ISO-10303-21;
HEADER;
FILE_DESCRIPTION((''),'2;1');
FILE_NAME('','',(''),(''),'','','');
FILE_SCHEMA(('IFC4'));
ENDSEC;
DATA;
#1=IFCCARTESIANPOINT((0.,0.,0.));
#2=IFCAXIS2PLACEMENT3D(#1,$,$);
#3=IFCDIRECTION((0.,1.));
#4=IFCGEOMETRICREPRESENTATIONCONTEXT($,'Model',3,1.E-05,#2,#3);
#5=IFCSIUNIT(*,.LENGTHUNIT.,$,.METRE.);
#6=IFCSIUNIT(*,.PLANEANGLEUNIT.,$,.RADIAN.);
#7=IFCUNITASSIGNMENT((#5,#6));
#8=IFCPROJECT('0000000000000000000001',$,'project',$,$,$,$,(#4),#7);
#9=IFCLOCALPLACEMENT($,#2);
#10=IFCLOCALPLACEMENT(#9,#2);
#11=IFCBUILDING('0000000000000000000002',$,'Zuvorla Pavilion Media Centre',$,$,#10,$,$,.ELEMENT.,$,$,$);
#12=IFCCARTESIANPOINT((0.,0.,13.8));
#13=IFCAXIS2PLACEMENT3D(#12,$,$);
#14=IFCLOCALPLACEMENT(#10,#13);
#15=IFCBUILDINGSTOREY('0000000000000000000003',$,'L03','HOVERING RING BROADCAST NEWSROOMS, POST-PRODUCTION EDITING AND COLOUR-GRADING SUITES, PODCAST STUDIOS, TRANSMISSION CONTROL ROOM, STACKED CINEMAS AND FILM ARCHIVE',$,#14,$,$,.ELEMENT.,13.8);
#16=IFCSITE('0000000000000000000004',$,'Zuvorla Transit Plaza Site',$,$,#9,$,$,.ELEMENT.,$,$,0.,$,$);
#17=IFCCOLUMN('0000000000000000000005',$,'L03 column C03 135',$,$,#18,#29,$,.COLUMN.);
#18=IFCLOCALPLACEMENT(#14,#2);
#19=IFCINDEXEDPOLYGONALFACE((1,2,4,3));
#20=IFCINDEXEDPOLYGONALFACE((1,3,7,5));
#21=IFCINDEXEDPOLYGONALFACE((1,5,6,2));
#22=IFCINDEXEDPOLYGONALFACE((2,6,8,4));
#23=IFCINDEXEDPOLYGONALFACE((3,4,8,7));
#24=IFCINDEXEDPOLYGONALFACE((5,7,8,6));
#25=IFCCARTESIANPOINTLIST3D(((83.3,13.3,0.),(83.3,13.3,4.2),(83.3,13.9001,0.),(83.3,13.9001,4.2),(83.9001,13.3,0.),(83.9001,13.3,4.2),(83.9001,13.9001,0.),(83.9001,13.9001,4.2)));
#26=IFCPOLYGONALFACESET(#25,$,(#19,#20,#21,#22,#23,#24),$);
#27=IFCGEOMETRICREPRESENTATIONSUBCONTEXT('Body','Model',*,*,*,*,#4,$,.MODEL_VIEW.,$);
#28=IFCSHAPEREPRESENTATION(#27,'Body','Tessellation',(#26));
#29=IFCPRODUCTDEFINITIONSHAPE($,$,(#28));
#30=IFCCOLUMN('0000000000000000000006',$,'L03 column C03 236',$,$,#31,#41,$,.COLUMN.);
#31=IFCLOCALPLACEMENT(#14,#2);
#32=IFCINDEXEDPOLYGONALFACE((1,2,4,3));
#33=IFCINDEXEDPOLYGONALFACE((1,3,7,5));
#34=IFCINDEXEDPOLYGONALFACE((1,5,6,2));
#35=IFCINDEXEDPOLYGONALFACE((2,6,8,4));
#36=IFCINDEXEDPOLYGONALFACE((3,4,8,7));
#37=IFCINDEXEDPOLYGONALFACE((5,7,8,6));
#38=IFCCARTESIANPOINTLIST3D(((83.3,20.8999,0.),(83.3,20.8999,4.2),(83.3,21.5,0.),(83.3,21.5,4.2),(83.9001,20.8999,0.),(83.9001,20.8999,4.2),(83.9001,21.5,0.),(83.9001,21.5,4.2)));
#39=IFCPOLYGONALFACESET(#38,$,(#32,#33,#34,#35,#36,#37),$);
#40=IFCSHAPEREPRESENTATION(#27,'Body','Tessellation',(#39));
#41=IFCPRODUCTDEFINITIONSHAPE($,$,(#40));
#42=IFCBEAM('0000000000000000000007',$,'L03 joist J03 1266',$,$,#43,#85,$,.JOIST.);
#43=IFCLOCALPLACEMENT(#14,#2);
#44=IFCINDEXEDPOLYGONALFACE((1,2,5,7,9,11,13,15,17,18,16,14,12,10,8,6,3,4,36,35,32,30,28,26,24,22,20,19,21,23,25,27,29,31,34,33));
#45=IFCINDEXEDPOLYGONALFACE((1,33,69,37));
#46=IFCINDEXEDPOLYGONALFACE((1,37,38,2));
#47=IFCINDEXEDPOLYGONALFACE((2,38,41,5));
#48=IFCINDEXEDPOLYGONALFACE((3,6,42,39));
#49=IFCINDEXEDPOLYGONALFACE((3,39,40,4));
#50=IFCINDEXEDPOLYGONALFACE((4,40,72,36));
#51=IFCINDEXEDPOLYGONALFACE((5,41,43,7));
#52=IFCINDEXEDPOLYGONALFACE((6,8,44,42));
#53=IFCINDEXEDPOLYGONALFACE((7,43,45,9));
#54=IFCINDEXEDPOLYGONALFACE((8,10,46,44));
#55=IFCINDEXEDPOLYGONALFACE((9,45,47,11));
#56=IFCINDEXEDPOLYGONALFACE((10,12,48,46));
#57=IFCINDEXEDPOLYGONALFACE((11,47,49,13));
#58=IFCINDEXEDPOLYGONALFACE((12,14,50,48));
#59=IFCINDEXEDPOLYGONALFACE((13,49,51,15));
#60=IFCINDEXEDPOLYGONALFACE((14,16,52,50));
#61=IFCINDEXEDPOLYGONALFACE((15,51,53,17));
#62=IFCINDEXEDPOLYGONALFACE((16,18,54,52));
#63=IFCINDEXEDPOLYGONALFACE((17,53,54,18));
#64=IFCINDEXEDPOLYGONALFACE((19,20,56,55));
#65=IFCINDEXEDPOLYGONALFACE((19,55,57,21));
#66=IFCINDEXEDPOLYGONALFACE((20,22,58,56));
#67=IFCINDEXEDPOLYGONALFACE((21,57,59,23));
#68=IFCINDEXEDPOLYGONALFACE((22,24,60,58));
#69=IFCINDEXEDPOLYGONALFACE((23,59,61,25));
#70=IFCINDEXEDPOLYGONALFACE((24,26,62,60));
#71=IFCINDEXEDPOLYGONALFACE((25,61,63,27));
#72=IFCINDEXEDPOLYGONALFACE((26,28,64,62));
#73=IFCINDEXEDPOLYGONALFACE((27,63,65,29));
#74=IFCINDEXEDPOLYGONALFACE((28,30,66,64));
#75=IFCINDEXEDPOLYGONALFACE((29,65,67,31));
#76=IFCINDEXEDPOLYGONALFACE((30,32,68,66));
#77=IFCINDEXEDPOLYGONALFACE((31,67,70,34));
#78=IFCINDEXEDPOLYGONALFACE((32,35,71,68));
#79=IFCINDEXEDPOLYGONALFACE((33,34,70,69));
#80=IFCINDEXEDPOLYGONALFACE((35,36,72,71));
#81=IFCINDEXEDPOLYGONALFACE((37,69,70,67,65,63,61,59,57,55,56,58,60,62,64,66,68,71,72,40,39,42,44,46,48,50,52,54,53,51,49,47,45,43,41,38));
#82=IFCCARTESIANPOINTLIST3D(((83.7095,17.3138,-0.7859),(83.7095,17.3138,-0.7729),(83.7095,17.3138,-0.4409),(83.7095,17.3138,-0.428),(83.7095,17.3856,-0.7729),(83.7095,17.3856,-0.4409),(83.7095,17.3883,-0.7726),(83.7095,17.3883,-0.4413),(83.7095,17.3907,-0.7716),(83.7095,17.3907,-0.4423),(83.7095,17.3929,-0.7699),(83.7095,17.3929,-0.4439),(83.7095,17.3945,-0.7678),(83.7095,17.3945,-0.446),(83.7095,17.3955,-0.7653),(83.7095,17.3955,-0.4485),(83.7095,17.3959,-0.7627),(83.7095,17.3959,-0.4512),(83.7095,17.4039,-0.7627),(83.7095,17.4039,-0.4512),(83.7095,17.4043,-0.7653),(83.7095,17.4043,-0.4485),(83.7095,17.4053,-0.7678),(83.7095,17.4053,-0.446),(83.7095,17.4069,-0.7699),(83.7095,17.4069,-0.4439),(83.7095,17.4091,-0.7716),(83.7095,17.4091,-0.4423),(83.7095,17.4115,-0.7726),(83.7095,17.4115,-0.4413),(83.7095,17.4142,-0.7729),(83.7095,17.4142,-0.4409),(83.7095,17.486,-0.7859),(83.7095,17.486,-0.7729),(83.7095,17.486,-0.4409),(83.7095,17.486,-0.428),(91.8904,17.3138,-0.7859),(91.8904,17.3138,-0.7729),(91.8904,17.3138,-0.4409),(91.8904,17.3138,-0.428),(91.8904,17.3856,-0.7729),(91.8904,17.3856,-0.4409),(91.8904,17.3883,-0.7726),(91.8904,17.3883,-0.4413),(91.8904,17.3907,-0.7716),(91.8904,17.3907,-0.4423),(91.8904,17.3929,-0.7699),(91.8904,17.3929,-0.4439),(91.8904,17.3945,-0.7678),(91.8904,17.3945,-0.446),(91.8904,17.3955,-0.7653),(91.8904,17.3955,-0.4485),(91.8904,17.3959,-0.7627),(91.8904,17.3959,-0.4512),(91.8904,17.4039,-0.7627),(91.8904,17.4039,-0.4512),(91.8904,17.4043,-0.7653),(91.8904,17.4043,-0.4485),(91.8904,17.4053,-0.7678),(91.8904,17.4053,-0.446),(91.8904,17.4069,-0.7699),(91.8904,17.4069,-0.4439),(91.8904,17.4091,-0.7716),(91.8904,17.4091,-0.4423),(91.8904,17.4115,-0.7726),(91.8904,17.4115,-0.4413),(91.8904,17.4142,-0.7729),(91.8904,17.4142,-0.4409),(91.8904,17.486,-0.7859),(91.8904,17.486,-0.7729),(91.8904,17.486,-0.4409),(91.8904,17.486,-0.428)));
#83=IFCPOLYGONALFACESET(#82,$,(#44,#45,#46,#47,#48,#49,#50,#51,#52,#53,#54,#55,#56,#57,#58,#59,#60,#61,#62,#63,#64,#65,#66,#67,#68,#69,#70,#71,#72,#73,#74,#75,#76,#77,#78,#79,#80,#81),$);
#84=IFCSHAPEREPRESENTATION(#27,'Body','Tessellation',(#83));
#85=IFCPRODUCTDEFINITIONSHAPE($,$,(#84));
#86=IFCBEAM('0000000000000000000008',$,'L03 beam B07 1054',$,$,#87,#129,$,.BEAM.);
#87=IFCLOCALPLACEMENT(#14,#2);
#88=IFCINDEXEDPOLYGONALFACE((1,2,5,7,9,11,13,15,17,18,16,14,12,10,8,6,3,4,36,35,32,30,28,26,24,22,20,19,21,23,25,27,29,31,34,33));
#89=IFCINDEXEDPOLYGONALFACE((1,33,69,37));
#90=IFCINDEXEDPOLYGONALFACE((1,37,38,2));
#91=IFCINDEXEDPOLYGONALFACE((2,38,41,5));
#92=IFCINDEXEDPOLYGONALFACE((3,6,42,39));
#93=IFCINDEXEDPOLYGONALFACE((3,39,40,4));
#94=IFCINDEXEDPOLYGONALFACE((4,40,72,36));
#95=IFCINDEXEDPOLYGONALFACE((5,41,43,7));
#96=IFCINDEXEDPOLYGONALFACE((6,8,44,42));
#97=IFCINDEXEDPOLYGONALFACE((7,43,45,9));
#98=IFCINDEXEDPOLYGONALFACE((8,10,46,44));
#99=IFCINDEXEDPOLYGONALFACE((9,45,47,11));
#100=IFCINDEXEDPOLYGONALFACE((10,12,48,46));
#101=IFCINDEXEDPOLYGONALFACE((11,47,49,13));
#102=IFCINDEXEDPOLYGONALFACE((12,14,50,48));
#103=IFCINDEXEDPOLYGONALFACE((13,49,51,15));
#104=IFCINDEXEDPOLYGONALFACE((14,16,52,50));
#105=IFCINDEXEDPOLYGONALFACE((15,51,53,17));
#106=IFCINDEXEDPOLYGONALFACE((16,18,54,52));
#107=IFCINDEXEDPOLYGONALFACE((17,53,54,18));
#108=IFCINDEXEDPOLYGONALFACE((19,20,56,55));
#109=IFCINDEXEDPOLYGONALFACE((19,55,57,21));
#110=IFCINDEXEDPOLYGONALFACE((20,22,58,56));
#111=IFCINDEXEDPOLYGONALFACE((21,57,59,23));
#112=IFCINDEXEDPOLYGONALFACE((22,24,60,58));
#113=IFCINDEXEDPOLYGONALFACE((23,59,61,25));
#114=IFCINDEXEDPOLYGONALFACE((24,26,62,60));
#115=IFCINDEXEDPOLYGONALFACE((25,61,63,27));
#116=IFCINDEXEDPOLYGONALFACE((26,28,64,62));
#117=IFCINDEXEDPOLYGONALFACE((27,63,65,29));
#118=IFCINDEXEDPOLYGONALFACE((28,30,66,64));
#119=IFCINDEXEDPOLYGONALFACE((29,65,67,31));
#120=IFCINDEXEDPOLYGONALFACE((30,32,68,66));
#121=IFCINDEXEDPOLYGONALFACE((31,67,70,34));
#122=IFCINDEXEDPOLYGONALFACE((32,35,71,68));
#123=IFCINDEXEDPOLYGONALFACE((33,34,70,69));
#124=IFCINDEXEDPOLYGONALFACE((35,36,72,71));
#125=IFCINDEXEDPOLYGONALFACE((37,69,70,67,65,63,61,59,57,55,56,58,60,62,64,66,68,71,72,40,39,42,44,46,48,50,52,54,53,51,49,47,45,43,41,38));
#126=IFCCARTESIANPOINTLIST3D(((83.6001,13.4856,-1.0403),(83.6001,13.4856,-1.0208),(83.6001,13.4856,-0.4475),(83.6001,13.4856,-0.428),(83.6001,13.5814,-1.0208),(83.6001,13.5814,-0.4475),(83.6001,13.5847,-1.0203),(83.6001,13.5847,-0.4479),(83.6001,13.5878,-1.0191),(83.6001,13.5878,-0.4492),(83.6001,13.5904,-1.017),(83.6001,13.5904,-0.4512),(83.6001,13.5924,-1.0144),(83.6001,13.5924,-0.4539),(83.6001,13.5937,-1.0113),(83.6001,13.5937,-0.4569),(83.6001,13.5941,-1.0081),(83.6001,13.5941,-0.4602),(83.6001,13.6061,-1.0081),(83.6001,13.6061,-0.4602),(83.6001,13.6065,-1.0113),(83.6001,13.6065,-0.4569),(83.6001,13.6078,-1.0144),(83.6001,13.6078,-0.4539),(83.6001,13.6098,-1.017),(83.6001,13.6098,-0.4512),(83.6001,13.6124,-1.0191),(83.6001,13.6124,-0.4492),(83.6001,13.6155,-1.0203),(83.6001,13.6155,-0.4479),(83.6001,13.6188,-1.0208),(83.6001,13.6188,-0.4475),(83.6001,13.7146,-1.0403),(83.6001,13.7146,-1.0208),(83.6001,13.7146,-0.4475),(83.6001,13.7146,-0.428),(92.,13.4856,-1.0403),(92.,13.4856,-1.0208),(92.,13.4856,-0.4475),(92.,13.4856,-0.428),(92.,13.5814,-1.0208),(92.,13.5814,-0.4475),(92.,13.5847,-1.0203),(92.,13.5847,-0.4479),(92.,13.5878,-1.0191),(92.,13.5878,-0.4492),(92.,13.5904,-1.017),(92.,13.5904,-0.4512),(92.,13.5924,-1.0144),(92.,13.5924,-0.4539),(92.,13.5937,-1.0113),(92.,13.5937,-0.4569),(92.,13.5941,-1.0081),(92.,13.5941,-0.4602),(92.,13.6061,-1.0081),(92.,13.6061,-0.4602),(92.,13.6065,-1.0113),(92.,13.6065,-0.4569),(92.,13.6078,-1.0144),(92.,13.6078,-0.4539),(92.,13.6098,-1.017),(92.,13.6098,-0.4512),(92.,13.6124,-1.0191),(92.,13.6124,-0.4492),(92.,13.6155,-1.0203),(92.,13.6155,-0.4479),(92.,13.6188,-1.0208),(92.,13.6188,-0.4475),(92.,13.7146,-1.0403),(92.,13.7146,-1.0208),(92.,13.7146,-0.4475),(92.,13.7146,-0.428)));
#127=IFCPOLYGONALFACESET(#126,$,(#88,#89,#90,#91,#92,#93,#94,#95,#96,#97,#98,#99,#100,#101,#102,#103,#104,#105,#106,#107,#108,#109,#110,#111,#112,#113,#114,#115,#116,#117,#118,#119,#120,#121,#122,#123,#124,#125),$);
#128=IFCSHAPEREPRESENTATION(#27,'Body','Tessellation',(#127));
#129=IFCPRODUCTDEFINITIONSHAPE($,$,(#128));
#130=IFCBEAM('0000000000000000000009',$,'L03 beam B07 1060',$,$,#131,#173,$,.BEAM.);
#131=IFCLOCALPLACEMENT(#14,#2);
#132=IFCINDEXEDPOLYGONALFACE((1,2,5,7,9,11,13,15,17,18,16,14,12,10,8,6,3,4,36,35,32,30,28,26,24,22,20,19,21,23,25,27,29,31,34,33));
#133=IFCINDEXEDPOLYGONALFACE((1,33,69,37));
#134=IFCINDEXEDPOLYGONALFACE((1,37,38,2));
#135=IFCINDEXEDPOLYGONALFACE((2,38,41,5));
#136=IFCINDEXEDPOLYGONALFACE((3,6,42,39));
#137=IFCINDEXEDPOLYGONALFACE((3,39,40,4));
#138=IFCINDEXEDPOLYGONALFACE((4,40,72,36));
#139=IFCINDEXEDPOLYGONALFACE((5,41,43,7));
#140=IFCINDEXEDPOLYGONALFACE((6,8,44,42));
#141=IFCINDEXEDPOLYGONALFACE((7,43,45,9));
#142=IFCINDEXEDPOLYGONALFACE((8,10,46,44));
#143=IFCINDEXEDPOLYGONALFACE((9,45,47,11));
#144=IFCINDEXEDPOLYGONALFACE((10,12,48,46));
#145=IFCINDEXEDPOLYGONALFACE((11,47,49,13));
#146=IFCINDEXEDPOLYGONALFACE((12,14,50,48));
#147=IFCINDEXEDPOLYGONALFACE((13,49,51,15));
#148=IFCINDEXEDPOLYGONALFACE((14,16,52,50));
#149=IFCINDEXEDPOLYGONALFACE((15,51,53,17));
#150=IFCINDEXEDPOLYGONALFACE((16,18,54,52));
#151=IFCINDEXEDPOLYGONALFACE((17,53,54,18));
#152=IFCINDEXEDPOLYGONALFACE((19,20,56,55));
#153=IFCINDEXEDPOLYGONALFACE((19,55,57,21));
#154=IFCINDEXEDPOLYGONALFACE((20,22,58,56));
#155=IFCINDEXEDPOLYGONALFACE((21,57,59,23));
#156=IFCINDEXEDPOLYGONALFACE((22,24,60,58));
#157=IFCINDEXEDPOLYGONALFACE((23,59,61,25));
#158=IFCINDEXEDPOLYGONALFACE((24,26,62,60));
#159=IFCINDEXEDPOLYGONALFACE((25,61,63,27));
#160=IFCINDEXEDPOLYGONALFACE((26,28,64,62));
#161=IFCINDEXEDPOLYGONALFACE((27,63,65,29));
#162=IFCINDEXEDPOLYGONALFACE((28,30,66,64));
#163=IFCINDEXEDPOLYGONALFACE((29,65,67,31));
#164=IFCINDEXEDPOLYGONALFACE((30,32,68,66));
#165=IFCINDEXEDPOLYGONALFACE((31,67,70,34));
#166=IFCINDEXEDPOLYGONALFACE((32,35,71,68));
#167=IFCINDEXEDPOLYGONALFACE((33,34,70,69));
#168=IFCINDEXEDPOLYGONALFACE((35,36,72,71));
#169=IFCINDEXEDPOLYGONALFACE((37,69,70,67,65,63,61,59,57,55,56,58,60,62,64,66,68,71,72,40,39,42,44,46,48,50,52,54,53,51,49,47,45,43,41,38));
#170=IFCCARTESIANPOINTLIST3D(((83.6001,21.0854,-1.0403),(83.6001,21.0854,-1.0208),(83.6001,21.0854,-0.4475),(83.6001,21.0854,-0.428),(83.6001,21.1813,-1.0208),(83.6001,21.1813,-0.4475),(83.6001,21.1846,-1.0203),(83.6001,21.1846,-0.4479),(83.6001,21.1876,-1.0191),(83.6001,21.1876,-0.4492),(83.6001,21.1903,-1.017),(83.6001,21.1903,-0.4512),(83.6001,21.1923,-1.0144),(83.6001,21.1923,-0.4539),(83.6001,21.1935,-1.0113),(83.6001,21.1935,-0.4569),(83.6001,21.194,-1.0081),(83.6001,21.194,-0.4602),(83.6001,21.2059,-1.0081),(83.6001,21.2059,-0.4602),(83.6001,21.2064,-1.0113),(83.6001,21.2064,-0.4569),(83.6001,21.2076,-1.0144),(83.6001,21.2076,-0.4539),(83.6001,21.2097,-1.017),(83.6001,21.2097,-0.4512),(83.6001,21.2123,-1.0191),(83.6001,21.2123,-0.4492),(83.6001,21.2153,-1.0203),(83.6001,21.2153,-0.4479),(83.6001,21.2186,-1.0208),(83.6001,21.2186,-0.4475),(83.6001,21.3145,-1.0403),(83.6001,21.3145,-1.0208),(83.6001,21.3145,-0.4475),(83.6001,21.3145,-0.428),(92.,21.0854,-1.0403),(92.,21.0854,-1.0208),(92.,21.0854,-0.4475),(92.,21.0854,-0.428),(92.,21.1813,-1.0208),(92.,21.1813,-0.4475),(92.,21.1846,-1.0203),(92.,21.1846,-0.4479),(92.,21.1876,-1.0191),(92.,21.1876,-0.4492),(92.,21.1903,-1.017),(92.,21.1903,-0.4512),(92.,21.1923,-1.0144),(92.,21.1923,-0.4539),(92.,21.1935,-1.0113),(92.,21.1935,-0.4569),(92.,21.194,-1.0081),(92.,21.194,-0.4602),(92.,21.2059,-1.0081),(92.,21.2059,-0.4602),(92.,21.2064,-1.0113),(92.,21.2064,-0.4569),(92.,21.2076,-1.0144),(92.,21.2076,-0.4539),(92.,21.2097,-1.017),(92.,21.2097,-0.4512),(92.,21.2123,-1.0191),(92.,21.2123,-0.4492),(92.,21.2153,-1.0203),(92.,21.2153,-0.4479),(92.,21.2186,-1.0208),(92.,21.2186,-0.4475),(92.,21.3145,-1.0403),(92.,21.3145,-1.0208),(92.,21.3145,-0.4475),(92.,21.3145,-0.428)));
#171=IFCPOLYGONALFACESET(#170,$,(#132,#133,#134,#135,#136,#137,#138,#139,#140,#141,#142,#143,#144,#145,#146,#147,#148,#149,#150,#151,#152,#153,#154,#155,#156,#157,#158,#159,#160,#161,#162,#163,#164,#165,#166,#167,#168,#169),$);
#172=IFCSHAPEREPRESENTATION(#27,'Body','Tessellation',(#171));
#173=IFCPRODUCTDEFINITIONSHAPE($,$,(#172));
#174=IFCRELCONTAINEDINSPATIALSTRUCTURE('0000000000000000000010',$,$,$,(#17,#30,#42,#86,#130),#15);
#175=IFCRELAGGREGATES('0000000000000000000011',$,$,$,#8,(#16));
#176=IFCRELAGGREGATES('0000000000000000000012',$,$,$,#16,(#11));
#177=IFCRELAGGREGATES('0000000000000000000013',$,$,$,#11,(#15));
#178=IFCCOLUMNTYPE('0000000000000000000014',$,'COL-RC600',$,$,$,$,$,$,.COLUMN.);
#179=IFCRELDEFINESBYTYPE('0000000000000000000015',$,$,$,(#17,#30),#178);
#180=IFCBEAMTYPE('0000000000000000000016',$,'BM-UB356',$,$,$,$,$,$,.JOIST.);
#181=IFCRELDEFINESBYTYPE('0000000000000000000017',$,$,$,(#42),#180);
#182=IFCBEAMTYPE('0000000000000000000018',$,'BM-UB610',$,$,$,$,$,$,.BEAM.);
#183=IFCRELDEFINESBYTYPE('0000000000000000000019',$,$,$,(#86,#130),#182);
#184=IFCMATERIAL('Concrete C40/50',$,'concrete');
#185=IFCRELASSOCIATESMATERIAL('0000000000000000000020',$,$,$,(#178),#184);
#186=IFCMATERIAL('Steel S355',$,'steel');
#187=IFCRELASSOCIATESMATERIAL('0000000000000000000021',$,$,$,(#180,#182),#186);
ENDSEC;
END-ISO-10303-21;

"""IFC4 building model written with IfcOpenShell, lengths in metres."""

from ifc_helpers import new_model, si_unit, direction, frame, origin, origin_2d, place, context, subcontext, project, spatial, rectangle, i_section, extrude, material, material_profile, profile_set, type_object, element, save


model = new_model("IFC4")

# Units and contexts
model_context = context("Model", 3, precision=1e-05, world=origin(), true_north=direction((0.0, 1.0)))
body_context = subcontext(model_context, "Body", "Model", "MODEL_VIEW")
ifc_project = project(units=[si_unit("LENGTHUNIT", "METRE"), si_unit("PLANEANGLEUNIT", "RADIAN")], contexts=[model_context])

# Site, building, storey
site_placement = place(None, origin())
site = spatial("IfcSite", under=ifc_project, at=site_placement, Name="Zuvorla Transit Plaza Site", CompositionType="ELEMENT", RefElevation=0.0)
building_placement = place(site_placement, origin())
building = spatial("IfcBuilding", under=site, at=building_placement, Name="Zuvorla Pavilion Media Centre", CompositionType="ELEMENT")
storey_placement = place(building_placement, frame((0.0, 0.0, 13.8)))
storey = spatial("IfcBuildingStorey", under=building, at=storey_placement, Name="L03", Description="HOVERING RING BROADCAST NEWSROOMS, POST-PRODUCTION EDITING AND COLOUR-GRADING SUITES, PODCAST STUDIOS, TRANSMISSION CONTROL ROOM, STACKED CINEMAS AND FILM ARCHIVE", CompositionType="ELEMENT", Elevation=13.8)

# Columns
ifc_material_1 = material(Name="Concrete C40/50", Category="concrete")
ifc_material_profile_1 = material_profile(ifc_material_1, rectangle(XDim=0.6001, YDim=0.6001, at=origin_2d()), Name="RC 600x600")
ifc_profile_set_1 = profile_set([ifc_material_profile_1], Name="Concrete C40/50")
column_type = type_object("IfcColumnType", Name="COL-RC600", PredefinedType="COLUMN", material=ifc_profile_set_1)
for number, where, z_axis, x_axis, name in (
    (1, (83.6001, 13.6001, 0.0), (0.0, 0.0, 1.0), (1.0, 0.0, 0.0), "L03 column C03 135"),
    (2, (83.6001, 21.2, 0.0), (0.0, 0.0, 1.0), (1.0, 0.0, 0.0), "L03 column C03 236"),
):
    element("IfcColumn", number, at=place(storey_placement, frame(where, z_axis=z_axis, x_axis=x_axis)), inside=storey, type_object=column_type, Name=name, PredefinedType="COLUMN", context=body_context, shape_type="SweptSolid", body=[
        extrude(rectangle(XDim=0.6001, YDim=0.6001, at=origin_2d()), origin(), (0.0, 0.0, 1.0), 4.2),
    ])

# Beams
ifc_material_2 = material(Name="Steel S355", Category="steel")
ifc_material_profile_2 = material_profile(ifc_material_2, i_section(OverallWidth=0.1721, OverallDepth=0.3579, WebThickness=0.0081, FlangeThickness=0.0129, FilletRadius=0.0103, at=origin_2d()), Name="UB 356x171x57")
ifc_profile_set_2 = profile_set([ifc_material_profile_2], Name="Steel S355")
beam_type_1 = type_object("IfcBeamType", Name="BM-UB356", PredefinedType="JOIST", material=ifc_profile_set_2)
beam_1_placement = place(storey_placement, frame((83.7095, 17.3999, -0.6069), z_axis=(1.0, 0.0, 0.0), x_axis=(0.0, 1.0, 0.0)))
element("IfcBeam", 3, at=beam_1_placement, inside=storey, type_object=beam_type_1, Name="L03 joist J03 1266", PredefinedType="JOIST", context=body_context, shape_type="SweptSolid", body=[
    extrude(i_section(OverallWidth=0.1721, OverallDepth=0.3579, WebThickness=0.0081, FlangeThickness=0.0129, FilletRadius=0.0103, at=origin_2d()), origin(), (0.0, 0.0, 1.0), 8.1809),
])
ifc_material_profile_3 = material_profile(ifc_material_2, i_section(OverallWidth=0.229, OverallDepth=0.6123, WebThickness=0.012, FlangeThickness=0.0195, FilletRadius=0.0127, at=origin_2d()), Name="UB 610x229x125")
ifc_profile_set_3 = profile_set([ifc_material_profile_3], Name="Steel S355")
beam_type_2 = type_object("IfcBeamType", Name="BM-UB610", PredefinedType="BEAM", material=ifc_profile_set_3)
for number, where, z_axis, x_axis, name in (
    (4, (83.6001, 13.6001, -0.7341), (1.0, 0.0, 0.0), (0.0, 1.0, 0.0), "L03 beam B07 1054"),
    (5, (83.6001, 21.2, -0.7341), (1.0, 0.0, 0.0), (0.0, 1.0, 0.0), "L03 beam B07 1060"),
):
    element("IfcBeam", number, at=place(storey_placement, frame(where, z_axis=z_axis, x_axis=x_axis)), inside=storey, type_object=beam_type_2, Name=name, PredefinedType="BEAM", context=body_context, shape_type="SweptSolid", body=[
        extrude(i_section(OverallWidth=0.229, OverallDepth=0.6123, WebThickness=0.012, FlangeThickness=0.0195, FilletRadius=0.0127, at=origin_2d()), origin(), (0.0, 0.0, 1.0), 8.3999),
    ])

save(model, "model.ifc")
